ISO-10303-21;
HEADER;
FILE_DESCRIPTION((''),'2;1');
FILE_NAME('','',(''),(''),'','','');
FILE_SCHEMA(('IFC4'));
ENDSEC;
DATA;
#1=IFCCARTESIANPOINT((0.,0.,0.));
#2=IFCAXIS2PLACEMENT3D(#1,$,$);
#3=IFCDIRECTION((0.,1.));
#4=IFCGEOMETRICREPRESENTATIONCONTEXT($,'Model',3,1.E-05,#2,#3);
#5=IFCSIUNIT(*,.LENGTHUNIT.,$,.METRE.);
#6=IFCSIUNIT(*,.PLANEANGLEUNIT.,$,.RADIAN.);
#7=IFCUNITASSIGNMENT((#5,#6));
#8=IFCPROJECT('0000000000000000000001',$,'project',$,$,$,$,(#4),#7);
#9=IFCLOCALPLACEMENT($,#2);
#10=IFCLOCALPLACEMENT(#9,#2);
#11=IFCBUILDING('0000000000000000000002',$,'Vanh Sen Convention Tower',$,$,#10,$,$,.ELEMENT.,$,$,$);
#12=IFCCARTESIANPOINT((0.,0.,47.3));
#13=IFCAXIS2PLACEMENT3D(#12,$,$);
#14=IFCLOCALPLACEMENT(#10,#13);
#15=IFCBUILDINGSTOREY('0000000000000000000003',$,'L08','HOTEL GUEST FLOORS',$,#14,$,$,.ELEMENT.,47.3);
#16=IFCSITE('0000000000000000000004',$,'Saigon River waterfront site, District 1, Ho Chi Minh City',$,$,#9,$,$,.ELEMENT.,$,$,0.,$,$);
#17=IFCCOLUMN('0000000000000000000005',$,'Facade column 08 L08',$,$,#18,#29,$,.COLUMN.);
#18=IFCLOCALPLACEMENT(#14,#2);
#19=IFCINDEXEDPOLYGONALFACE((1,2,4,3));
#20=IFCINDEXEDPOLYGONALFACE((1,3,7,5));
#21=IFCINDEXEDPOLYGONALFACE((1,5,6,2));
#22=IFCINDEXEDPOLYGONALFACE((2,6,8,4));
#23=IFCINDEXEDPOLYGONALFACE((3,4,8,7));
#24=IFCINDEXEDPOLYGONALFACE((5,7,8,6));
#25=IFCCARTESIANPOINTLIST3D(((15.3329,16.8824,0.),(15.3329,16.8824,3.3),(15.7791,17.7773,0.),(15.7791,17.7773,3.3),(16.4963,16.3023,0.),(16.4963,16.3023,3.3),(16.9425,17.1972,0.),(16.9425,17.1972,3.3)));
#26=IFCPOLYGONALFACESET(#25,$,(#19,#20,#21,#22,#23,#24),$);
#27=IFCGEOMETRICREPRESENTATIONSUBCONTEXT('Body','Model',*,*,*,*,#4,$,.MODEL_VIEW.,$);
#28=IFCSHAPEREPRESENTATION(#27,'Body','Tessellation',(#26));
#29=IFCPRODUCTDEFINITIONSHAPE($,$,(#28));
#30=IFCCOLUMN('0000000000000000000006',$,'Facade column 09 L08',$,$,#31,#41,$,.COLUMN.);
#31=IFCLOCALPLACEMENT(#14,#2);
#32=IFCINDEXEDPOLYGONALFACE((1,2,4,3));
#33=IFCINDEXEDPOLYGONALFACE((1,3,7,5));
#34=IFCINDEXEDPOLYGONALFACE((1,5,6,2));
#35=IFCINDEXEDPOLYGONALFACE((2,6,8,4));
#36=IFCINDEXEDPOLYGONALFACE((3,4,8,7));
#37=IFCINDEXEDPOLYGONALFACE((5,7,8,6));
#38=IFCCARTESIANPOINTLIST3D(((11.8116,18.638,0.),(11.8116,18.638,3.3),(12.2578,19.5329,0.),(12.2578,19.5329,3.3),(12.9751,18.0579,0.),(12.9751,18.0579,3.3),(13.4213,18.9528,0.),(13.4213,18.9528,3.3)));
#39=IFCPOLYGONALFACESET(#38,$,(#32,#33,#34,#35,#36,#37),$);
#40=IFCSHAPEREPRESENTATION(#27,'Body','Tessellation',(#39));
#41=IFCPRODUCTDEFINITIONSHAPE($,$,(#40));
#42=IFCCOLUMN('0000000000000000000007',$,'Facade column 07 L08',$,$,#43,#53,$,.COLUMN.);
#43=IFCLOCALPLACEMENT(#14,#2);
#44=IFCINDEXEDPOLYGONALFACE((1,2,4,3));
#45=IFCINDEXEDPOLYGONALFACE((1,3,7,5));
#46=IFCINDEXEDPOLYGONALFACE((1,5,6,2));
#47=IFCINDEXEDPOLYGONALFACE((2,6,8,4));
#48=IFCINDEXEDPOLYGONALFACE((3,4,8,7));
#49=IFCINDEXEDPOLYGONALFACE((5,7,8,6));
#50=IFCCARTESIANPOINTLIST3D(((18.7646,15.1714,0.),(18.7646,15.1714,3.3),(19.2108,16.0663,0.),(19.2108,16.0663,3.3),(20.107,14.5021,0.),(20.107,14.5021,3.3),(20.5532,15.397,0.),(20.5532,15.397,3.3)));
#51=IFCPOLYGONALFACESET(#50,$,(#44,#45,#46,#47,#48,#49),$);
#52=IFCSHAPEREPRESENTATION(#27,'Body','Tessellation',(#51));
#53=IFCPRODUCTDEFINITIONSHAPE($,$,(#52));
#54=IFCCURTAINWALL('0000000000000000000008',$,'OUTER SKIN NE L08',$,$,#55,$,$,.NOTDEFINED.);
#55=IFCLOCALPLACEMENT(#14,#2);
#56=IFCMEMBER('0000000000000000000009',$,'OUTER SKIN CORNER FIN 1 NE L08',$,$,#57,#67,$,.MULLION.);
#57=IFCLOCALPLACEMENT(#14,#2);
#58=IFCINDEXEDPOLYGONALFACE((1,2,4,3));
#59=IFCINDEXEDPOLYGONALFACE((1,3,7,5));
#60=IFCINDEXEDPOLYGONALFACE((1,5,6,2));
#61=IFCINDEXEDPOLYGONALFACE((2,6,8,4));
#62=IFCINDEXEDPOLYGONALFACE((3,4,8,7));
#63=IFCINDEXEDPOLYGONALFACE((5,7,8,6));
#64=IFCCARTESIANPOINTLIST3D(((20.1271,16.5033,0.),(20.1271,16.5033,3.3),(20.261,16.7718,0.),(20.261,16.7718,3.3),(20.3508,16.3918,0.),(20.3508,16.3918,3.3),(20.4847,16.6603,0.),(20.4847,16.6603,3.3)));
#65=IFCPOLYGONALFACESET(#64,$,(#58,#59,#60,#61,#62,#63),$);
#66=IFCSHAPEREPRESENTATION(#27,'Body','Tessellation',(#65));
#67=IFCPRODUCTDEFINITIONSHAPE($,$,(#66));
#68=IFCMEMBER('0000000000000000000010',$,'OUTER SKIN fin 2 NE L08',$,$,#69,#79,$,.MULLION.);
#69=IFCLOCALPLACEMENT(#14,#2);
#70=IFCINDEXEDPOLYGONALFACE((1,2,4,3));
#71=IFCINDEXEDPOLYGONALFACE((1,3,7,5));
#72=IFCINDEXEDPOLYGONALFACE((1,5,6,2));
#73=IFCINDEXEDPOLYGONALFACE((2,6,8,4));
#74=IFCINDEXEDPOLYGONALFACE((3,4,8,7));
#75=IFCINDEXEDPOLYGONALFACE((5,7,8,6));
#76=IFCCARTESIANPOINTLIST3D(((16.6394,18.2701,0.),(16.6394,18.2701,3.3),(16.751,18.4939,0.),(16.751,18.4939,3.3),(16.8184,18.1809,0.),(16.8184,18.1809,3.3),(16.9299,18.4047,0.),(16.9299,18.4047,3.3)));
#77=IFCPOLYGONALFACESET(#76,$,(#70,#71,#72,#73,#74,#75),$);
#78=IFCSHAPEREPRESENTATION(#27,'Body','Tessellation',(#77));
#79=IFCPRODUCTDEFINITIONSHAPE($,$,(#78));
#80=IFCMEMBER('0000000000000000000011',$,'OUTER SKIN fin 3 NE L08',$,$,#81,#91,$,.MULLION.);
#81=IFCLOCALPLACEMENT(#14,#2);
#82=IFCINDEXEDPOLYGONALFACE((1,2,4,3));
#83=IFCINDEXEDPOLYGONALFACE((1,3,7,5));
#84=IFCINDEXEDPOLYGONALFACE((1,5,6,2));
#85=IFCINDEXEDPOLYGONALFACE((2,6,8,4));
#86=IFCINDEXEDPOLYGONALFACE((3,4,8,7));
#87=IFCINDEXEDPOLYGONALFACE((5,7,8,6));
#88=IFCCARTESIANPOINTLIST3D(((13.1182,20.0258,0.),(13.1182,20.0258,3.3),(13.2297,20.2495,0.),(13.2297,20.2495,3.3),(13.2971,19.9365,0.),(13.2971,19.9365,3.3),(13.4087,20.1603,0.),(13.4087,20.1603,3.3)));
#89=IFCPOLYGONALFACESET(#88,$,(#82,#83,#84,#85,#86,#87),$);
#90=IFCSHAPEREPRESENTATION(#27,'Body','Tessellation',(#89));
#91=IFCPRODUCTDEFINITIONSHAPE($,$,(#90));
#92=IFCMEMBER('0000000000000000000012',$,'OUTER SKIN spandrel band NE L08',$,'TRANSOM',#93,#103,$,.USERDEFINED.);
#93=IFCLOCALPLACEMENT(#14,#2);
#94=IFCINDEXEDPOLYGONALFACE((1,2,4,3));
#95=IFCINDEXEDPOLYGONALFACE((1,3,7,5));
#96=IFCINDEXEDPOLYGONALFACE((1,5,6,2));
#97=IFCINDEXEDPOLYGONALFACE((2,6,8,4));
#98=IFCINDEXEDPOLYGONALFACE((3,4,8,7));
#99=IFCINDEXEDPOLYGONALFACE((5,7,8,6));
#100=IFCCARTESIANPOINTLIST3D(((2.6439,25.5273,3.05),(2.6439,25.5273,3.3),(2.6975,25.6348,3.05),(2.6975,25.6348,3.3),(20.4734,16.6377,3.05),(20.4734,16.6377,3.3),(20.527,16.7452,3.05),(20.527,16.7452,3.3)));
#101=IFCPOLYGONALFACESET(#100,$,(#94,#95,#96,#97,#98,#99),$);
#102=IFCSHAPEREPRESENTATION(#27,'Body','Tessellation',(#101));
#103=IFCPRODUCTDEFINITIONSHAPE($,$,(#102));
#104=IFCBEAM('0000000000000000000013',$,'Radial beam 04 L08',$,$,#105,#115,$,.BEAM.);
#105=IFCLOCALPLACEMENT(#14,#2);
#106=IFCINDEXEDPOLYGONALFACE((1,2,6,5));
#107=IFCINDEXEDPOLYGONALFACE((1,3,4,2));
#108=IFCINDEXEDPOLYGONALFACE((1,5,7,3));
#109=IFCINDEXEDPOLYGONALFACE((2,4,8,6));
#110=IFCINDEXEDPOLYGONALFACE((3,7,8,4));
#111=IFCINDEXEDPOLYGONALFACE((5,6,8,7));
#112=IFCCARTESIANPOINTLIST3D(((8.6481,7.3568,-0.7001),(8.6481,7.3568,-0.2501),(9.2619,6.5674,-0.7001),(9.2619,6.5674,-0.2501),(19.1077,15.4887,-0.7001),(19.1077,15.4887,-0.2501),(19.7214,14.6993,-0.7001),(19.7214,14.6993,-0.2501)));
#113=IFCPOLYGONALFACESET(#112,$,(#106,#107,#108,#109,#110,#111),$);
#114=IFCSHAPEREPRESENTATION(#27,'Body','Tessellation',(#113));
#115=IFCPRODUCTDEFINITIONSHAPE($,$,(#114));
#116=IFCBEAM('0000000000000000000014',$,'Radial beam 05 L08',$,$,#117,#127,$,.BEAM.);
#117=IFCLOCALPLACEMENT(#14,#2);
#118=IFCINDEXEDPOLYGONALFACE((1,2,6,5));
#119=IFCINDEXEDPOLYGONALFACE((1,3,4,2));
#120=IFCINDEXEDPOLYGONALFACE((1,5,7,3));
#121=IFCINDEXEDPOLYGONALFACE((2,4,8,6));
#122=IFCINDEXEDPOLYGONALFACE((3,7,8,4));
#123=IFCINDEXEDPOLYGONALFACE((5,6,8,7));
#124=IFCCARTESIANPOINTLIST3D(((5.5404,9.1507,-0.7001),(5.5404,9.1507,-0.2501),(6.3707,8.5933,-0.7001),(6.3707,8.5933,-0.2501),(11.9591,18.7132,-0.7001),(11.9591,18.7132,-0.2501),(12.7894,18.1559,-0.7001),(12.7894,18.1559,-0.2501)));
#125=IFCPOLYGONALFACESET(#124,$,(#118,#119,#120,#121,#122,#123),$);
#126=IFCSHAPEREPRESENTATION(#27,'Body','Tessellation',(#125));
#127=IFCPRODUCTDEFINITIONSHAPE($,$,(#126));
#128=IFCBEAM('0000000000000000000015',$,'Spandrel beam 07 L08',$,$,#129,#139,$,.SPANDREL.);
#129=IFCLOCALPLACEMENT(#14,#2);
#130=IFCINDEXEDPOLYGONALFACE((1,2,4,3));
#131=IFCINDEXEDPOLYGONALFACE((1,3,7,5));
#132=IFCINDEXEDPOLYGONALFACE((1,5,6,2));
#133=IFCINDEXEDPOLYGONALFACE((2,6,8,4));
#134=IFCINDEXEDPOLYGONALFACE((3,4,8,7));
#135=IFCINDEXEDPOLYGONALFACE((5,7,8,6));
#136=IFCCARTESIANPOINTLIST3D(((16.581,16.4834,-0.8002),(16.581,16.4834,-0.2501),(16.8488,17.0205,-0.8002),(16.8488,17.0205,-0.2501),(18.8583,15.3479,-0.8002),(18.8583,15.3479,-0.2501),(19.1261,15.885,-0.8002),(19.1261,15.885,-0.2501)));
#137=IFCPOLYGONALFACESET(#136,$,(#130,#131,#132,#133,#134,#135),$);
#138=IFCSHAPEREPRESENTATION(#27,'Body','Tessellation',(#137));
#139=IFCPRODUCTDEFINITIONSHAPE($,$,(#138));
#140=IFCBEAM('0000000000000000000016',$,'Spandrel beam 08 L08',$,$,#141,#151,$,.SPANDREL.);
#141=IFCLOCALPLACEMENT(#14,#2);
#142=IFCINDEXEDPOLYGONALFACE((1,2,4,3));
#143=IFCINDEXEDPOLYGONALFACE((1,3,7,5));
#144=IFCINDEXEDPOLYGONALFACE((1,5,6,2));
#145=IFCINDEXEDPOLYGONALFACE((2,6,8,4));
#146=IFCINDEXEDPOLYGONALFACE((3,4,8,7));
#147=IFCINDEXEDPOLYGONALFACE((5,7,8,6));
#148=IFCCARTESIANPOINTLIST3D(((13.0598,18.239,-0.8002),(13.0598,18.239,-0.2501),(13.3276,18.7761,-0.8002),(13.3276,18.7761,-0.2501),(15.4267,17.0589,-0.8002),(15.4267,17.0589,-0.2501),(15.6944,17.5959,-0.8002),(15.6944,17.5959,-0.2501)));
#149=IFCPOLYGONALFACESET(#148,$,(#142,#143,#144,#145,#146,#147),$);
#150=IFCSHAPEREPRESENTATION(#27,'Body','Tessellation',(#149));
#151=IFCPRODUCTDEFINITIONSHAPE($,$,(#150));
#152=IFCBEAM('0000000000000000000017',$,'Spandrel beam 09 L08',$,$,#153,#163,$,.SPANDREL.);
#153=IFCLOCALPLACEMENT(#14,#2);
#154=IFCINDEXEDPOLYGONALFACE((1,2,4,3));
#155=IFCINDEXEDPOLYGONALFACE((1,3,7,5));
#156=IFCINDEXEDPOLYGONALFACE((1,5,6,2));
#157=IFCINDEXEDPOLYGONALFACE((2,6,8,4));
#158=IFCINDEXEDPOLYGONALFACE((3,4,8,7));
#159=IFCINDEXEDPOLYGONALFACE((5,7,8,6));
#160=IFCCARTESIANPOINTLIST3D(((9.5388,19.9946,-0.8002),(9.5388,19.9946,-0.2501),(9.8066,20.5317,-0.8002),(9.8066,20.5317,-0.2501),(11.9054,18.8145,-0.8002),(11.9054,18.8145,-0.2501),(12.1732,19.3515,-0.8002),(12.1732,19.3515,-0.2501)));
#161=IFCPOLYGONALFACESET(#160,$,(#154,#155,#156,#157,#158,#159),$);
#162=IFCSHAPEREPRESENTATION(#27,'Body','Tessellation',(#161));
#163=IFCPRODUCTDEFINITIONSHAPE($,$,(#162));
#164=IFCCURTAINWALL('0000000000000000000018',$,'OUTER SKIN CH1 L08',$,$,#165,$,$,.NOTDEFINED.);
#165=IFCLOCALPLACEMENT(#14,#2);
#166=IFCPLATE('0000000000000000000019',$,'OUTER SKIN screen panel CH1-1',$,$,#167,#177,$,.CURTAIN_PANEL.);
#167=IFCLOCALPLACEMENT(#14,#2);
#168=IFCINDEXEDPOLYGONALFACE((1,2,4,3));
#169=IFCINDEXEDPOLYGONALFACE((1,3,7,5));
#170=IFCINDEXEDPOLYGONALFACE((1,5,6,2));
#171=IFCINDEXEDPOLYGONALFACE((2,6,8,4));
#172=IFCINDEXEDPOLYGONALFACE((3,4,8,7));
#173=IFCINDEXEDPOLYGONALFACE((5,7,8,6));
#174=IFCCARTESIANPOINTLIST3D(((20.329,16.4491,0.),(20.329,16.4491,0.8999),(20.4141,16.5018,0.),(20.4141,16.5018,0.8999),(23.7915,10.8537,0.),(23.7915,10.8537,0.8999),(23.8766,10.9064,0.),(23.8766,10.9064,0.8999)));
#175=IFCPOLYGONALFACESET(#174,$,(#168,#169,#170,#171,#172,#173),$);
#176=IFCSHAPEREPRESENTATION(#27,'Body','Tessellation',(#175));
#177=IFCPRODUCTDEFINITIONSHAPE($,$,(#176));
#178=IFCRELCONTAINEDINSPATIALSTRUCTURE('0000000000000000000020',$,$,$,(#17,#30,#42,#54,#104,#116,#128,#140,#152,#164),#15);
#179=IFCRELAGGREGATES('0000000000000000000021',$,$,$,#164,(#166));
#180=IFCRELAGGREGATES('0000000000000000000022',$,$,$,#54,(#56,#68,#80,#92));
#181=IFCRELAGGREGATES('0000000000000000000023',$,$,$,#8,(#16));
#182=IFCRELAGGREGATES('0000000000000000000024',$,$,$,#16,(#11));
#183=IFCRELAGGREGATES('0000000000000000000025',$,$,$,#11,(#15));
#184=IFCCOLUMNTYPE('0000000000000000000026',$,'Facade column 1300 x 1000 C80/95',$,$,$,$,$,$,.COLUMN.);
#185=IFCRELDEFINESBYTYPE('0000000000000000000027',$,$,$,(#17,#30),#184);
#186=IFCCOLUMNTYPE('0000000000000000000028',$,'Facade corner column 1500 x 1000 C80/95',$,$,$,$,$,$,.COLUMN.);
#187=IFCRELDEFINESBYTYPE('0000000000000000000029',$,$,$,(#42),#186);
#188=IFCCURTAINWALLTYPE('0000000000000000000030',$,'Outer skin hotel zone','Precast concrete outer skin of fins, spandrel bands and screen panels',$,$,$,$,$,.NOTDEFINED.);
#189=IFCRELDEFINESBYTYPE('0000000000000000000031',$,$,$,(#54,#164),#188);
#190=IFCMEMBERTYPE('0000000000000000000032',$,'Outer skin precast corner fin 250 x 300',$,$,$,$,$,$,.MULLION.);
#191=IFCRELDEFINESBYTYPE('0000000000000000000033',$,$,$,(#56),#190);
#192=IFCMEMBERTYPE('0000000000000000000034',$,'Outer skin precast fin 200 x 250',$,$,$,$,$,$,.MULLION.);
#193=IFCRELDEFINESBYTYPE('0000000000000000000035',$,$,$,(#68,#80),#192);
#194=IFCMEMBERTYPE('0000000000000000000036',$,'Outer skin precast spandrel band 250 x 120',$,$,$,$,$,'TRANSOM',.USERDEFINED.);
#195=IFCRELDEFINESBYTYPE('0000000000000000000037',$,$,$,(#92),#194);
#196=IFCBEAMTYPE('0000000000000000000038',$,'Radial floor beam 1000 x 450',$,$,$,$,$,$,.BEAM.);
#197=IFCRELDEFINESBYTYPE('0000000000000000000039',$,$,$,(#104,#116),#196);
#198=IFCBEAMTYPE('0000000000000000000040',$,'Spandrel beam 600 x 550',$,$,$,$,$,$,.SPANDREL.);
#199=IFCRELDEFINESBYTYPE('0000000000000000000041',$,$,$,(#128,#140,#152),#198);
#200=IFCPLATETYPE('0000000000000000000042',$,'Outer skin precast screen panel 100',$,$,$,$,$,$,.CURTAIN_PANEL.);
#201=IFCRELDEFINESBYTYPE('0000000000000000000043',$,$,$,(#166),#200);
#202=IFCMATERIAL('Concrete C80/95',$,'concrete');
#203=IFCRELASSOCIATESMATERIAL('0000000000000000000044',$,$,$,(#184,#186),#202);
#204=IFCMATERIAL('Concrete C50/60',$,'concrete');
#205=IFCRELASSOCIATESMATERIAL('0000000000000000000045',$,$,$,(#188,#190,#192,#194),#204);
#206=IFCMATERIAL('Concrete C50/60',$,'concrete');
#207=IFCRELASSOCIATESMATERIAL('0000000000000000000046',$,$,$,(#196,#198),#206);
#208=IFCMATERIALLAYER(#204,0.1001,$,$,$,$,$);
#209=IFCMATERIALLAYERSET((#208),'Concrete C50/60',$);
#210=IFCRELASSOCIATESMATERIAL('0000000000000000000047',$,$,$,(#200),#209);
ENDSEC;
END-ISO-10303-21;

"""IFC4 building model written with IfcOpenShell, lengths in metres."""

from ifc_helpers import new_model, si_unit, direction, frame, origin, origin_2d, place, context, subcontext, project, spatial, rectangle, extrude, material, layer, layer_set, material_profile, profile_set, type_object, element, aggregate, save


model = new_model("IFC4")

# Units and contexts
model_context = context("Model", 3, precision=1e-05, world=origin(), true_north=direction((0.0, 1.0)))
body_context = subcontext(model_context, "Body", "Model", "MODEL_VIEW")
ifc_project = project(units=[si_unit("LENGTHUNIT", "METRE"), si_unit("PLANEANGLEUNIT", "RADIAN")], contexts=[model_context])

# Site, building, storey
site_placement = place(None, origin())
site = spatial("IfcSite", under=ifc_project, at=site_placement, Name="Saigon River waterfront site, District 1, Ho Chi Minh City", CompositionType="ELEMENT", RefElevation=0.0)
building_placement = place(site_placement, origin())
building = spatial("IfcBuilding", under=site, at=building_placement, Name="Vanh Sen Convention Tower", CompositionType="ELEMENT")
storey_placement = place(building_placement, frame((0.0, 0.0, 47.3)))
storey = spatial("IfcBuildingStorey", under=building, at=storey_placement, Name="L08", Description="HOTEL GUEST FLOORS", CompositionType="ELEMENT", Elevation=47.3)

# Columns
ifc_material_1 = material(Name="Concrete C80/95", Category="concrete")
ifc_material_profile_1 = material_profile(ifc_material_1, rectangle(XDim=1.3, YDim=1.0, at=origin_2d()), Name="RC 1300X1000")
ifc_profile_set_1 = profile_set([ifc_material_profile_1], Name="Concrete C80/95")
column_type_1 = type_object("IfcColumnType", Name="Facade column 1300 x 1000 C80/95", PredefinedType="COLUMN", material=ifc_profile_set_1)
for number, where, z_axis, x_axis, name in (
    (1, (16.1377, 17.0398, 0.0), (0.0, 0.0, 1.0), (-0.894934, 0.446198, 0.0), "Facade column 08 L08"),
    (2, (12.6165, 18.7954, 0.0), (0.0, 0.0, 1.0), (-0.894934, 0.446198, 0.0), "Facade column 09 L08"),
):
    element("IfcColumn", number, at=place(storey_placement, frame(where, z_axis=z_axis, x_axis=x_axis)), inside=storey, type_object=column_type_1, Name=name, PredefinedType="COLUMN", context=body_context, shape_type="SweptSolid", body=[
        extrude(rectangle(XDim=1.3, YDim=1.0, at=origin_2d()), origin(), (0.0, 0.0, 1.0), 3.3),
    ])
ifc_material_profile_2 = material_profile(ifc_material_1, rectangle(XDim=1.5, YDim=1.0, at=origin_2d()), Name="RC 1500X1000")
ifc_profile_set_2 = profile_set([ifc_material_profile_2], Name="Concrete C80/95")
column_type_2 = type_object("IfcColumnType", Name="Facade corner column 1500 x 1000 C80/95", PredefinedType="COLUMN", material=ifc_profile_set_2)
column_placement = place(storey_placement, frame((19.6589, 15.2842, 0.0), z_axis=(0.0, 0.0, 1.0), x_axis=(-0.894934, 0.446198, 0.0)))
element("IfcColumn", 3, at=column_placement, inside=storey, type_object=column_type_2, Name="Facade column 07 L08", PredefinedType="COLUMN", context=body_context, shape_type="SweptSolid", body=[
    extrude(rectangle(XDim=1.5, YDim=1.0, at=origin_2d()), origin(), (0.0, 0.0, 1.0), 3.3),
])

# Curtain wall, members
ifc_material_2 = material(Name="Concrete C50/60", Category="concrete")
curtain_wall_type = type_object("IfcCurtainWallType", Name="Outer skin hotel zone", Description="Precast concrete outer skin of fins, spandrel bands and screen panels", PredefinedType="NOTDEFINED", material=ifc_material_2)
curtain_wall_1_placement = place(storey_placement, origin())
curtain_wall_1 = element("IfcCurtainWall", 4, at=curtain_wall_1_placement, inside=storey, type_object=curtain_wall_type, Name="OUTER SKIN NE L08", PredefinedType="NOTDEFINED")
ifc_material_profile_3 = material_profile(ifc_material_2, rectangle(XDim=0.25, YDim=0.3, at=origin_2d()), Name="Outer skin precast corner fin 250 x 300")
ifc_profile_set_3 = profile_set([ifc_material_profile_3], Name="Concrete C50/60")
member_type_1 = type_object("IfcMemberType", Name="Outer skin precast corner fin 250 x 300", PredefinedType="MULLION", material=ifc_profile_set_3)
member_1_placement = place(storey_placement, frame((20.3059, 16.5818, 0.0), z_axis=(0.0, 0.0, 1.0), x_axis=(-0.894934, 0.446198, 0.0)))
member_1 = element("IfcMember", 5, at=member_1_placement, type_object=member_type_1, Name="OUTER SKIN CORNER FIN 1 NE L08", PredefinedType="MULLION", context=body_context, shape_type="SweptSolid", body=[
    extrude(rectangle(XDim=0.25, YDim=0.3, at=origin_2d()), origin(), (0.0, 0.0, 1.0), 3.3),
])
ifc_material_profile_4 = material_profile(ifc_material_2, rectangle(XDim=0.2, YDim=0.25, at=origin_2d()), Name="Outer skin precast fin 200 x 250")
ifc_profile_set_4 = profile_set([ifc_material_profile_4], Name="Concrete C50/60")
member_type_2 = type_object("IfcMemberType", Name="Outer skin precast fin 200 x 250", PredefinedType="MULLION", material=ifc_profile_set_4)
member_2_placement = place(storey_placement, frame((16.7847, 18.3374, 0.0), z_axis=(0.0, 0.0, 1.0), x_axis=(-0.894934, 0.446198, 0.0)))
member_2 = element("IfcMember", 6, at=member_2_placement, type_object=member_type_2, Name="OUTER SKIN fin 2 NE L08", PredefinedType="MULLION", context=body_context, shape_type="SweptSolid", body=[
    extrude(rectangle(XDim=0.2, YDim=0.25, at=origin_2d()), origin(), (0.0, 0.0, 1.0), 3.3),
])
member_3_placement = place(storey_placement, frame((13.2634, 20.093, 0.0), z_axis=(0.0, 0.0, 1.0), x_axis=(-0.894934, 0.446198, 0.0)))
member_3 = element("IfcMember", 7, at=member_3_placement, type_object=member_type_2, Name="OUTER SKIN fin 3 NE L08", PredefinedType="MULLION", context=body_context, shape_type="SweptSolid", body=[
    extrude(rectangle(XDim=0.2, YDim=0.25, at=origin_2d()), origin(), (0.0, 0.0, 1.0), 3.3),
])
ifc_material_profile_5 = material_profile(ifc_material_2, rectangle(XDim=0.1201, YDim=0.25, at=origin_2d()), Name="Outer skin precast spandrel band 250 x 120")
ifc_profile_set_5 = profile_set([ifc_material_profile_5], Name="Concrete C50/60")
member_type_3 = type_object("IfcMemberType", Name="Outer skin precast spandrel band 250 x 120", ElementType="TRANSOM", PredefinedType="USERDEFINED", material=ifc_profile_set_5)
member_4_placement = place(storey_placement, frame((20.5002, 16.6914, 3.175), z_axis=(-0.894931, 0.446204, 0.0), x_axis=(-0.446204, -0.894931, 0.0)))
member_4 = element("IfcMember", 8, at=member_4_placement, type_object=member_type_3, Name="OUTER SKIN spandrel band NE L08", ObjectType="TRANSOM", PredefinedType="USERDEFINED", context=body_context, shape_type="SweptSolid", body=[
    extrude(rectangle(XDim=0.1201, YDim=0.25, at=origin_2d()), origin(), (0.0, 0.0, 1.0), 19.9229),
])

# Beams
ifc_material_3 = material(Name="Concrete C50/60", Category="concrete")
ifc_material_profile_6 = material_profile(ifc_material_3, rectangle(XDim=1.0, YDim=0.45, at=origin_2d()), Name="RC 1000X450")
ifc_profile_set_6 = profile_set([ifc_material_profile_6], Name="Concrete C50/60")
beam_type_1 = type_object("IfcBeamType", Name="Radial floor beam 1000 x 450", PredefinedType="BEAM", material=ifc_profile_set_6)
beam_1_placement = place(storey_placement, frame((19.4146, 15.094, -0.4751), z_axis=(-0.789473, -0.613785, 0.0), x_axis=(0.613785, -0.789473, 0.0)))
element("IfcBeam", 9, at=beam_1_placement, inside=storey, type_object=beam_type_1, Name="Radial beam 04 L08", PredefinedType="BEAM", context=body_context, shape_type="SweptSolid", body=[
    extrude(rectangle(XDim=1.0, YDim=0.45, at=origin_2d()), origin(), (0.0, 0.0, 1.0), 13.2488),
])
beam_2_placement = place(storey_placement, frame((12.3743, 18.4346, -0.4751), z_axis=(-0.557324, -0.830295, 0.0), x_axis=(0.830295, -0.557324, 0.0)))
element("IfcBeam", 10, at=beam_2_placement, inside=storey, type_object=beam_type_1, Name="Radial beam 05 L08", PredefinedType="BEAM", context=body_context, shape_type="SweptSolid", body=[
    extrude(rectangle(XDim=1.0, YDim=0.45, at=origin_2d()), origin(), (0.0, 0.0, 1.0), 11.5171),
])
ifc_material_profile_7 = material_profile(ifc_material_3, rectangle(XDim=0.6001, YDim=0.55, at=origin_2d()), Name="RC 600X550")
ifc_profile_set_7 = profile_set([ifc_material_profile_7], Name="Concrete C50/60")
beam_type_2 = type_object("IfcBeamType", Name="Spandrel beam 600 x 550", PredefinedType="SPANDREL", material=ifc_profile_set_7)
beam_3_placement = place(storey_placement, frame((18.9922, 15.6165, -0.5251), z_axis=(-0.894926, 0.446216, 0.0), x_axis=(-0.446216, -0.894926, 0.0)))
element("IfcBeam", 11, at=beam_3_placement, inside=storey, type_object=beam_type_2, Name="Spandrel beam 07 L08", PredefinedType="SPANDREL", context=body_context, shape_type="SweptSolid", body=[
    extrude(rectangle(XDim=0.6001, YDim=0.55, at=origin_2d()), origin(), (0.0, 0.0, 1.0), 2.5447),
])
beam_4_placement = place(storey_placement, frame((15.5605, 17.3274, -0.5251), z_axis=(-0.894925, 0.446216, 0.0), x_axis=(-0.446216, -0.894925, 0.0)))
element("IfcBeam", 12, at=beam_4_placement, inside=storey, type_object=beam_type_2, Name="Spandrel beam 08 L08", PredefinedType="SPANDREL", context=body_context, shape_type="SweptSolid", body=[
    extrude(rectangle(XDim=0.6001, YDim=0.55, at=origin_2d()), origin(), (0.0, 0.0, 1.0), 2.6448),
])
beam_5_placement = place(storey_placement, frame((12.0393, 19.083, -0.5251), z_axis=(-0.894907, 0.446253, 0.0), x_axis=(-0.446253, -0.894907, 0.0)))
element("IfcBeam", 13, at=beam_5_placement, inside=storey, type_object=beam_type_2, Name="Spandrel beam 09 L08", PredefinedType="SPANDREL", context=body_context, shape_type="SweptSolid", body=[
    extrude(rectangle(XDim=0.6001, YDim=0.55, at=origin_2d()), origin(), (0.0, 0.0, 1.0), 2.6445),
])

# Curtain wall, plate
curtain_wall_2_placement = place(storey_placement, origin())
curtain_wall_2 = element("IfcCurtainWall", 14, at=curtain_wall_2_placement, inside=storey, type_object=curtain_wall_type, Name="OUTER SKIN CH1 L08", PredefinedType="NOTDEFINED")
ifc_layer_1 = layer(ifc_material_2, 0.1001)
ifc_layer_set_1 = layer_set([ifc_layer_1], Name="Concrete C50/60")
plate_type = type_object("IfcPlateType", Name="Outer skin precast screen panel 100", PredefinedType="CURTAIN_PANEL", material=ifc_layer_set_1)
plate_1_placement = place(storey_placement, frame((22.1028, 13.6777, 0.0), z_axis=(0.0, 0.0, 1.0), x_axis=(-0.526212, 0.850353, 0.0)))
plate_1 = element("IfcPlate", 15, at=plate_1_placement, type_object=plate_type, Name="OUTER SKIN screen panel CH1-1", PredefinedType="CURTAIN_PANEL", context=body_context, shape_type="SweptSolid", body=[
    extrude(rectangle(XDim=6.5801, YDim=0.1001, at=origin_2d()), origin(), (0.0, 0.0, 1.0), 0.8999),
])
aggregate(curtain_wall_2, [plate_1])

aggregate(curtain_wall_1, [member_1, member_2, member_3, member_4])

save(model, "model.ifc")
